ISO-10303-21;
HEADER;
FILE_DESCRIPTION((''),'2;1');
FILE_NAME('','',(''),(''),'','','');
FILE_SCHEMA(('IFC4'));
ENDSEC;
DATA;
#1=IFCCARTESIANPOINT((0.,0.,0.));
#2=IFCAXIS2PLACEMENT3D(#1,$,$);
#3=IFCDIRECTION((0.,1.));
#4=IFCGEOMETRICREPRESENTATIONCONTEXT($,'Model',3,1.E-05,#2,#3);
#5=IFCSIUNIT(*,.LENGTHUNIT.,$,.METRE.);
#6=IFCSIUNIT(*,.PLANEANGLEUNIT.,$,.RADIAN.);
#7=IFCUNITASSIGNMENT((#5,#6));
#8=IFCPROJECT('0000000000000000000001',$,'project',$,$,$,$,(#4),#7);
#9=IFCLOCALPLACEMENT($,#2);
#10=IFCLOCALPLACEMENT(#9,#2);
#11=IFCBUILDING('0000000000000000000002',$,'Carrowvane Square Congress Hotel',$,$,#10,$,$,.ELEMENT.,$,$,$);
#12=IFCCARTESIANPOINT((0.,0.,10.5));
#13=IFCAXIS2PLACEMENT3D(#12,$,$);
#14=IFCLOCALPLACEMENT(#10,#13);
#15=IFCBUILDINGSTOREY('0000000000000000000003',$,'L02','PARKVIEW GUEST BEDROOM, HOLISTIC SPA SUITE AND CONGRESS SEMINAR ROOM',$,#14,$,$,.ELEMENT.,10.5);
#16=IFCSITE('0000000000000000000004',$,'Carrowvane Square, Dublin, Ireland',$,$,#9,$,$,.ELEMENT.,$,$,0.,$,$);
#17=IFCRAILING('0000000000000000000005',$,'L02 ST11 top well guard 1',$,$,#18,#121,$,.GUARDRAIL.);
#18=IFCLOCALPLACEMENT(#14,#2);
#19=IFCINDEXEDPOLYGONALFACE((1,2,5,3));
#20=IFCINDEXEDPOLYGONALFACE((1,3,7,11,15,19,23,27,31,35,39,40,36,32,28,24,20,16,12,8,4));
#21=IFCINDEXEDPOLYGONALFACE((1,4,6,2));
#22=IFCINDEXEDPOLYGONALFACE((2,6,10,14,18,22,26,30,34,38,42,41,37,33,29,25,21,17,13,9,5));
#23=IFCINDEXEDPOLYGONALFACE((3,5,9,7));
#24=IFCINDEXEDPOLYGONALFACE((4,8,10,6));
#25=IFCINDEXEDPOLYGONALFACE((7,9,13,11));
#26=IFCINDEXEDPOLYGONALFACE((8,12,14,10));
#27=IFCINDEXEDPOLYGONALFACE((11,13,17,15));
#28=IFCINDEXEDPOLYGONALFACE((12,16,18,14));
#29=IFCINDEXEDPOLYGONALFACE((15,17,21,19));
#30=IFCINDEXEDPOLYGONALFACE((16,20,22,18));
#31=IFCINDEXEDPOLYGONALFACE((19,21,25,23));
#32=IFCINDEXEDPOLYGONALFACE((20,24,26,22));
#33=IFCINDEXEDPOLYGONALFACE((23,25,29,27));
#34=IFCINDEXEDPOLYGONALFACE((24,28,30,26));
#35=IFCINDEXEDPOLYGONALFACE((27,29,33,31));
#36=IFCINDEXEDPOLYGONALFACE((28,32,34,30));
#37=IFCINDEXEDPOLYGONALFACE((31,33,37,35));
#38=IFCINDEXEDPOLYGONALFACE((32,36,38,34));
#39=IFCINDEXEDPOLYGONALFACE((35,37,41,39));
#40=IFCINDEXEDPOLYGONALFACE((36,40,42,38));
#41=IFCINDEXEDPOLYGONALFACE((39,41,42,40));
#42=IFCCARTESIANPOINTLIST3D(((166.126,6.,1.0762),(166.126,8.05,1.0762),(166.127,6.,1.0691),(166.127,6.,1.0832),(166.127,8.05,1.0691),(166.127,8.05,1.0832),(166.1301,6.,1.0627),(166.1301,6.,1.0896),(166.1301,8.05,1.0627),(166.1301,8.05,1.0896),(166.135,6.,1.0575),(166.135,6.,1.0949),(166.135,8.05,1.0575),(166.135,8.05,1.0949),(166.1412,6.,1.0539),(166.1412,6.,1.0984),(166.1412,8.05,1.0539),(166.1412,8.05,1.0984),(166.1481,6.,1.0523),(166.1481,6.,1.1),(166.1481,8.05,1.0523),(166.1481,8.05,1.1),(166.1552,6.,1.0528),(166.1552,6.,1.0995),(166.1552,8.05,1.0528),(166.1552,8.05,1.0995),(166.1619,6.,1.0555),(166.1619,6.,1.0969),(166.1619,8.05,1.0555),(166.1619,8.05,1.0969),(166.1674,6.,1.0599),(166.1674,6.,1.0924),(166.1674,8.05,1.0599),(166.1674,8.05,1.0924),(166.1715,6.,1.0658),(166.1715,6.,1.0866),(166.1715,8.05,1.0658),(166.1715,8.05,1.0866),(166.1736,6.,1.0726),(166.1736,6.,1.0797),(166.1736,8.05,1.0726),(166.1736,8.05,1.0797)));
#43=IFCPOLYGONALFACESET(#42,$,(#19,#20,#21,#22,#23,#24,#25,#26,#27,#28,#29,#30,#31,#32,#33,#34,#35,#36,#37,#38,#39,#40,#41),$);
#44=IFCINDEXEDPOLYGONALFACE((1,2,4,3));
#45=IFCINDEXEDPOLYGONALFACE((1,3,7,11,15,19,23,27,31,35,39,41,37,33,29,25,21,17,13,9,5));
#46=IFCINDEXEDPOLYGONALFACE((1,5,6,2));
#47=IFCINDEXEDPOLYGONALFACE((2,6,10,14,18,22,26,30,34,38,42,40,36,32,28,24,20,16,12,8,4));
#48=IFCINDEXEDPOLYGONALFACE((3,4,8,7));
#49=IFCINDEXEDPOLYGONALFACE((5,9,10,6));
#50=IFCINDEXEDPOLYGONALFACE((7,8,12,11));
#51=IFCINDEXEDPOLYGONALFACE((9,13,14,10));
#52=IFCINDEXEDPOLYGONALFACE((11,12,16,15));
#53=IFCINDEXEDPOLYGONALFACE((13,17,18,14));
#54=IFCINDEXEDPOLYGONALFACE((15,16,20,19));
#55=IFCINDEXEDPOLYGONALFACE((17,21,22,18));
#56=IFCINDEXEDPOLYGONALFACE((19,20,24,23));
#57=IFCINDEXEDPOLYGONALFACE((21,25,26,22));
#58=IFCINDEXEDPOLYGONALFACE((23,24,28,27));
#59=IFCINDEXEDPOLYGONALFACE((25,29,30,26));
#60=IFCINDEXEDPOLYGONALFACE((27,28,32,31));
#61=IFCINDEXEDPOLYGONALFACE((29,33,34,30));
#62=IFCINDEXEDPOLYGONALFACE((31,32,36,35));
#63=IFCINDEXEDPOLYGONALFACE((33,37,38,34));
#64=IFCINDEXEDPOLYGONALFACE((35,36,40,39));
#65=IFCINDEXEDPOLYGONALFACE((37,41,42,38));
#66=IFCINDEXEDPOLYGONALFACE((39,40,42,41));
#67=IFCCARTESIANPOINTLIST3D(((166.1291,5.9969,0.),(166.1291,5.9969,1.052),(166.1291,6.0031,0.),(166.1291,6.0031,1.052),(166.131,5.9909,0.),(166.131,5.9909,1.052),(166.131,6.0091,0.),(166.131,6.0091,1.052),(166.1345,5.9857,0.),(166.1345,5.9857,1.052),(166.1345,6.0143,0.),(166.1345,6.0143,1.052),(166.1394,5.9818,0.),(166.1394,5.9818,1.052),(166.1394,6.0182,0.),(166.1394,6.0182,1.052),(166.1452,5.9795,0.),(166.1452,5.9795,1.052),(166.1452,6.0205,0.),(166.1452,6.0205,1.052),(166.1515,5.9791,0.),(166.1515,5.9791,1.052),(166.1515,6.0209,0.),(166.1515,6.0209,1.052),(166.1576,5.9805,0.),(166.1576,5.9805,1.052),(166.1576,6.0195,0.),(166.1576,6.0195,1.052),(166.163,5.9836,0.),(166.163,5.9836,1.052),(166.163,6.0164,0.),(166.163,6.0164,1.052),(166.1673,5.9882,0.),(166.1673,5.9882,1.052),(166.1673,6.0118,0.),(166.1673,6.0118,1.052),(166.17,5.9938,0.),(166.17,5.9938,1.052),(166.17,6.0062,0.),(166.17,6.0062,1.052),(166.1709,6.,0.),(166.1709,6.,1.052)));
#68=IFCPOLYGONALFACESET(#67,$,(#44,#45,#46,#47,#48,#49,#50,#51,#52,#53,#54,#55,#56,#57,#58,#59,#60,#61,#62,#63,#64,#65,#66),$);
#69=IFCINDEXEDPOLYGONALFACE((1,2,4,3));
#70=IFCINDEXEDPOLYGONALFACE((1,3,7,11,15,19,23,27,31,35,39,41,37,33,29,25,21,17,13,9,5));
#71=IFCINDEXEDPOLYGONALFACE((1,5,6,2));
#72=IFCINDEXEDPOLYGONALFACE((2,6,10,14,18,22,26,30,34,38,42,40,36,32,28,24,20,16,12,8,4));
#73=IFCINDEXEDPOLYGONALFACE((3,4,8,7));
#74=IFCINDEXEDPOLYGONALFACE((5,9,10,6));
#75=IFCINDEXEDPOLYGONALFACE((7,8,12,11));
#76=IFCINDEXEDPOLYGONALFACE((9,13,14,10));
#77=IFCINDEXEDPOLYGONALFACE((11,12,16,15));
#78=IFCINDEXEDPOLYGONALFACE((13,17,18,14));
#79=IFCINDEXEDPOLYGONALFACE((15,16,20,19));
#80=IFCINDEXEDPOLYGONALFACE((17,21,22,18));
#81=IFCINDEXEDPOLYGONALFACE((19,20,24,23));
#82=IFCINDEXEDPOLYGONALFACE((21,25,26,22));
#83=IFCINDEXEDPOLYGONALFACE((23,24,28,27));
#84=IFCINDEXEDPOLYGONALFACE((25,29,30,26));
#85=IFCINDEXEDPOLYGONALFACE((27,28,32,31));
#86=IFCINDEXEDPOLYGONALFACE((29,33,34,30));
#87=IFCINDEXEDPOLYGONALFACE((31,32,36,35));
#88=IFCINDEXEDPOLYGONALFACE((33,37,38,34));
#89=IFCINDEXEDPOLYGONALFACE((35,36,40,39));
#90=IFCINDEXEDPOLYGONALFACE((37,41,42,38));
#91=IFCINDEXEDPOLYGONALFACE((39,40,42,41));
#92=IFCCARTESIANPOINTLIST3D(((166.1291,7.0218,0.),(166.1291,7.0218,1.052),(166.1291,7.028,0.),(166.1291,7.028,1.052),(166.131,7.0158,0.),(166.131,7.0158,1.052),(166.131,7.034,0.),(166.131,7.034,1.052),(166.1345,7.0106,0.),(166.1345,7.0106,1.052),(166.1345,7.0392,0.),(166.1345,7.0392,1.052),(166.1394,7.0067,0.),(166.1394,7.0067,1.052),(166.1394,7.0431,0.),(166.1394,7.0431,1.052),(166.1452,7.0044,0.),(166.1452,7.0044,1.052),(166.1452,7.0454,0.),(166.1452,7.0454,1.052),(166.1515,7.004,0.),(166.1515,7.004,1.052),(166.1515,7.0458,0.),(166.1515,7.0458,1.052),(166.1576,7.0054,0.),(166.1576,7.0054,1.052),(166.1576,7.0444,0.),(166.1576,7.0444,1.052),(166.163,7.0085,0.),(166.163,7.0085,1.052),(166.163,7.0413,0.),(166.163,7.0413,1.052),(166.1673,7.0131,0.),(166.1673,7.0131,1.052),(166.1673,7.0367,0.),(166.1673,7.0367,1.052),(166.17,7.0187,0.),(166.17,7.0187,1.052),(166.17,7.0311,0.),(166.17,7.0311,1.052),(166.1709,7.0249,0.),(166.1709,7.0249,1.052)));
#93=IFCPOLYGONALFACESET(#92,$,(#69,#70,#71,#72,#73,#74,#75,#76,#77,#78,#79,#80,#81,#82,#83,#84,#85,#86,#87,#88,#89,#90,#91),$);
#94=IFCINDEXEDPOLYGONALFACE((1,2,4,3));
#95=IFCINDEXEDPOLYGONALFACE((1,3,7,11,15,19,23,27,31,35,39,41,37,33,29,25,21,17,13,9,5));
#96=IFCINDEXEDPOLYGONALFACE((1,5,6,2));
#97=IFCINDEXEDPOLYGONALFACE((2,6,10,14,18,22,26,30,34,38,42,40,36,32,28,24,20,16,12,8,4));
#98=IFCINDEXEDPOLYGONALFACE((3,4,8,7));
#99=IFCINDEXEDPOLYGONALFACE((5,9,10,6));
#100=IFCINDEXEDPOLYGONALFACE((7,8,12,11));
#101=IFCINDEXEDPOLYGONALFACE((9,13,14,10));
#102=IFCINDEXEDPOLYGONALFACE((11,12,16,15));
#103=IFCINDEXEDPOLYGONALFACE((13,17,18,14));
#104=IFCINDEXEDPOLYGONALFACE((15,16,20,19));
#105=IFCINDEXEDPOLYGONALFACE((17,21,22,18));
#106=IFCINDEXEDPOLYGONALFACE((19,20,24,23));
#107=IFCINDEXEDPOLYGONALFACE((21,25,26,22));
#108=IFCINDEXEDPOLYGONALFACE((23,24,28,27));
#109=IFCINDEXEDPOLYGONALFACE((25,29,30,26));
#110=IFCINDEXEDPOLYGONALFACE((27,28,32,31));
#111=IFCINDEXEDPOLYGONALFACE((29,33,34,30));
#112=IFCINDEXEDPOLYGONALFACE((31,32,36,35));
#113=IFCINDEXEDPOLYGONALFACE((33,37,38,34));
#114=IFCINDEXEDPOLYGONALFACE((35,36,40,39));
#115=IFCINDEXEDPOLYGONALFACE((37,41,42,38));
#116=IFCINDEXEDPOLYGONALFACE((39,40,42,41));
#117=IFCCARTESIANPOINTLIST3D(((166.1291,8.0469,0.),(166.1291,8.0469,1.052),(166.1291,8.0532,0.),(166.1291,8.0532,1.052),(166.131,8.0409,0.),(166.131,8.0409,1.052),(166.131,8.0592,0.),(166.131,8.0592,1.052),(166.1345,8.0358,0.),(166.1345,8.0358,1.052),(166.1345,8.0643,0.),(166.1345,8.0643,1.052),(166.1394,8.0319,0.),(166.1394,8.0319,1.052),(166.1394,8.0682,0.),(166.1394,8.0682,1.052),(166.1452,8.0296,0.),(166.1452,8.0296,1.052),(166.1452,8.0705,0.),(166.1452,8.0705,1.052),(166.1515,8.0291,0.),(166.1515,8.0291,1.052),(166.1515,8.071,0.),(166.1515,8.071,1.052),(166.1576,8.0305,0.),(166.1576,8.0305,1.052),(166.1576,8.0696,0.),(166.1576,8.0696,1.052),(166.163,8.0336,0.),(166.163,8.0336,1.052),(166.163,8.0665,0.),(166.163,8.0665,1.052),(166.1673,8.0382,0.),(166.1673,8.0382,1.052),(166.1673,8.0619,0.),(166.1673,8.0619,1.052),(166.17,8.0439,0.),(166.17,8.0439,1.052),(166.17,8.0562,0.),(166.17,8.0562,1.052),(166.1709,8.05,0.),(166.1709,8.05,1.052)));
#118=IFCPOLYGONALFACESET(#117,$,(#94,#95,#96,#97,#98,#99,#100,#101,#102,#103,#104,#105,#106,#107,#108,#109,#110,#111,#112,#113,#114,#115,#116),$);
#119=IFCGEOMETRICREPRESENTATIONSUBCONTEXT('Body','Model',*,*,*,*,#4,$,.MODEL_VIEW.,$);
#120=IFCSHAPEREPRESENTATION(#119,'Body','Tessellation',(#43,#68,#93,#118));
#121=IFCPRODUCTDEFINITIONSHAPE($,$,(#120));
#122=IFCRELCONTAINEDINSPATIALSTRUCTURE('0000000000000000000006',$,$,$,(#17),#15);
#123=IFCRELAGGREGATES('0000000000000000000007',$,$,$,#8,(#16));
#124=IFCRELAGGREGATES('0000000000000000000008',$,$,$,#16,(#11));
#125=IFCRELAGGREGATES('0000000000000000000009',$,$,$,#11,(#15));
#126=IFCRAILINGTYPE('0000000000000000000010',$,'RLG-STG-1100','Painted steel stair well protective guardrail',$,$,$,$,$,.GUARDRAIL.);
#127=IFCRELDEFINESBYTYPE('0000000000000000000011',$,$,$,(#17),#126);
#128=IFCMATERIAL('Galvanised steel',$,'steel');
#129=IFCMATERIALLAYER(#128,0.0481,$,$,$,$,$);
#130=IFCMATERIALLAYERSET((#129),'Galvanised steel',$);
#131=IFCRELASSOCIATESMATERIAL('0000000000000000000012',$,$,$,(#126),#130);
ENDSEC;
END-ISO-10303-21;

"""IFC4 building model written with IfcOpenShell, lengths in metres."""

from ifc_helpers import new_model, si_unit, direction, frame, origin, origin_2d, place, context, subcontext, project, spatial, circle, extrude, material, layer, layer_set, type_object, element, save


model = new_model("IFC4")

# Units and contexts
model_context = context("Model", 3, precision=1e-05, world=origin(), true_north=direction((0.0, 1.0)))
body_context = subcontext(model_context, "Body", "Model", "MODEL_VIEW")
ifc_project = project(units=[si_unit("LENGTHUNIT", "METRE"), si_unit("PLANEANGLEUNIT", "RADIAN")], contexts=[model_context])

# Site, building, storey
site_placement = place(None, origin())
site = spatial("IfcSite", under=ifc_project, at=site_placement, Name="Carrowvane Square, Dublin, Ireland", CompositionType="ELEMENT", RefElevation=0.0)
building_placement = place(site_placement, origin())
building = spatial("IfcBuilding", under=site, at=building_placement, Name="Carrowvane Square Congress Hotel", CompositionType="ELEMENT")
storey_placement = place(building_placement, frame((0.0, 0.0, 10.5)))
storey = spatial("IfcBuildingStorey", under=building, at=storey_placement, Name="L02", Description="PARKVIEW GUEST BEDROOM, HOLISTIC SPA SUITE AND CONGRESS SEMINAR ROOM", CompositionType="ELEMENT", Elevation=10.5)

# Railing
ifc_material_1 = material(Name="Galvanised steel", Category="steel")
ifc_layer_1 = layer(ifc_material_1, 0.0481)
ifc_layer_set_1 = layer_set([ifc_layer_1], Name="Galvanised steel")
railing_type = type_object("IfcRailingType", Name="RLG-STG-1100", Description="Painted steel stair well protective guardrail", PredefinedType="GUARDRAIL", material=ifc_layer_set_1)
railing_placement = place(storey_placement, frame((166.1499, 6.0, 0.0)))
element("IfcRailing", 1, at=railing_placement, inside=storey, type_object=railing_type, Name="L02 ST11 top well guard 1", PredefinedType="GUARDRAIL", context=body_context, shape_type="SweptSolid", body=[
    extrude(circle(Radius=0.0239, at=origin_2d()), frame((0.0, 0.0, 1.0762), z_axis=(0.0, 1.0, 0.0), x_axis=(-1.0, 0.0, 0.0)), (0.0, 0.0, 1.0), 2.05),
    extrude(circle(Radius=0.021, at=origin_2d()), origin(), (0.0, 0.0, 1.0), 1.052),
    extrude(circle(Radius=0.021, at=origin_2d()), frame((0.0, 1.0249, 0.0)), (0.0, 0.0, 1.0), 1.052),
    extrude(circle(Radius=0.021, at=origin_2d()), frame((0.0, 2.05, 0.0)), (0.0, 0.0, 1.0), 1.052),
])

save(model, "model.ifc")
